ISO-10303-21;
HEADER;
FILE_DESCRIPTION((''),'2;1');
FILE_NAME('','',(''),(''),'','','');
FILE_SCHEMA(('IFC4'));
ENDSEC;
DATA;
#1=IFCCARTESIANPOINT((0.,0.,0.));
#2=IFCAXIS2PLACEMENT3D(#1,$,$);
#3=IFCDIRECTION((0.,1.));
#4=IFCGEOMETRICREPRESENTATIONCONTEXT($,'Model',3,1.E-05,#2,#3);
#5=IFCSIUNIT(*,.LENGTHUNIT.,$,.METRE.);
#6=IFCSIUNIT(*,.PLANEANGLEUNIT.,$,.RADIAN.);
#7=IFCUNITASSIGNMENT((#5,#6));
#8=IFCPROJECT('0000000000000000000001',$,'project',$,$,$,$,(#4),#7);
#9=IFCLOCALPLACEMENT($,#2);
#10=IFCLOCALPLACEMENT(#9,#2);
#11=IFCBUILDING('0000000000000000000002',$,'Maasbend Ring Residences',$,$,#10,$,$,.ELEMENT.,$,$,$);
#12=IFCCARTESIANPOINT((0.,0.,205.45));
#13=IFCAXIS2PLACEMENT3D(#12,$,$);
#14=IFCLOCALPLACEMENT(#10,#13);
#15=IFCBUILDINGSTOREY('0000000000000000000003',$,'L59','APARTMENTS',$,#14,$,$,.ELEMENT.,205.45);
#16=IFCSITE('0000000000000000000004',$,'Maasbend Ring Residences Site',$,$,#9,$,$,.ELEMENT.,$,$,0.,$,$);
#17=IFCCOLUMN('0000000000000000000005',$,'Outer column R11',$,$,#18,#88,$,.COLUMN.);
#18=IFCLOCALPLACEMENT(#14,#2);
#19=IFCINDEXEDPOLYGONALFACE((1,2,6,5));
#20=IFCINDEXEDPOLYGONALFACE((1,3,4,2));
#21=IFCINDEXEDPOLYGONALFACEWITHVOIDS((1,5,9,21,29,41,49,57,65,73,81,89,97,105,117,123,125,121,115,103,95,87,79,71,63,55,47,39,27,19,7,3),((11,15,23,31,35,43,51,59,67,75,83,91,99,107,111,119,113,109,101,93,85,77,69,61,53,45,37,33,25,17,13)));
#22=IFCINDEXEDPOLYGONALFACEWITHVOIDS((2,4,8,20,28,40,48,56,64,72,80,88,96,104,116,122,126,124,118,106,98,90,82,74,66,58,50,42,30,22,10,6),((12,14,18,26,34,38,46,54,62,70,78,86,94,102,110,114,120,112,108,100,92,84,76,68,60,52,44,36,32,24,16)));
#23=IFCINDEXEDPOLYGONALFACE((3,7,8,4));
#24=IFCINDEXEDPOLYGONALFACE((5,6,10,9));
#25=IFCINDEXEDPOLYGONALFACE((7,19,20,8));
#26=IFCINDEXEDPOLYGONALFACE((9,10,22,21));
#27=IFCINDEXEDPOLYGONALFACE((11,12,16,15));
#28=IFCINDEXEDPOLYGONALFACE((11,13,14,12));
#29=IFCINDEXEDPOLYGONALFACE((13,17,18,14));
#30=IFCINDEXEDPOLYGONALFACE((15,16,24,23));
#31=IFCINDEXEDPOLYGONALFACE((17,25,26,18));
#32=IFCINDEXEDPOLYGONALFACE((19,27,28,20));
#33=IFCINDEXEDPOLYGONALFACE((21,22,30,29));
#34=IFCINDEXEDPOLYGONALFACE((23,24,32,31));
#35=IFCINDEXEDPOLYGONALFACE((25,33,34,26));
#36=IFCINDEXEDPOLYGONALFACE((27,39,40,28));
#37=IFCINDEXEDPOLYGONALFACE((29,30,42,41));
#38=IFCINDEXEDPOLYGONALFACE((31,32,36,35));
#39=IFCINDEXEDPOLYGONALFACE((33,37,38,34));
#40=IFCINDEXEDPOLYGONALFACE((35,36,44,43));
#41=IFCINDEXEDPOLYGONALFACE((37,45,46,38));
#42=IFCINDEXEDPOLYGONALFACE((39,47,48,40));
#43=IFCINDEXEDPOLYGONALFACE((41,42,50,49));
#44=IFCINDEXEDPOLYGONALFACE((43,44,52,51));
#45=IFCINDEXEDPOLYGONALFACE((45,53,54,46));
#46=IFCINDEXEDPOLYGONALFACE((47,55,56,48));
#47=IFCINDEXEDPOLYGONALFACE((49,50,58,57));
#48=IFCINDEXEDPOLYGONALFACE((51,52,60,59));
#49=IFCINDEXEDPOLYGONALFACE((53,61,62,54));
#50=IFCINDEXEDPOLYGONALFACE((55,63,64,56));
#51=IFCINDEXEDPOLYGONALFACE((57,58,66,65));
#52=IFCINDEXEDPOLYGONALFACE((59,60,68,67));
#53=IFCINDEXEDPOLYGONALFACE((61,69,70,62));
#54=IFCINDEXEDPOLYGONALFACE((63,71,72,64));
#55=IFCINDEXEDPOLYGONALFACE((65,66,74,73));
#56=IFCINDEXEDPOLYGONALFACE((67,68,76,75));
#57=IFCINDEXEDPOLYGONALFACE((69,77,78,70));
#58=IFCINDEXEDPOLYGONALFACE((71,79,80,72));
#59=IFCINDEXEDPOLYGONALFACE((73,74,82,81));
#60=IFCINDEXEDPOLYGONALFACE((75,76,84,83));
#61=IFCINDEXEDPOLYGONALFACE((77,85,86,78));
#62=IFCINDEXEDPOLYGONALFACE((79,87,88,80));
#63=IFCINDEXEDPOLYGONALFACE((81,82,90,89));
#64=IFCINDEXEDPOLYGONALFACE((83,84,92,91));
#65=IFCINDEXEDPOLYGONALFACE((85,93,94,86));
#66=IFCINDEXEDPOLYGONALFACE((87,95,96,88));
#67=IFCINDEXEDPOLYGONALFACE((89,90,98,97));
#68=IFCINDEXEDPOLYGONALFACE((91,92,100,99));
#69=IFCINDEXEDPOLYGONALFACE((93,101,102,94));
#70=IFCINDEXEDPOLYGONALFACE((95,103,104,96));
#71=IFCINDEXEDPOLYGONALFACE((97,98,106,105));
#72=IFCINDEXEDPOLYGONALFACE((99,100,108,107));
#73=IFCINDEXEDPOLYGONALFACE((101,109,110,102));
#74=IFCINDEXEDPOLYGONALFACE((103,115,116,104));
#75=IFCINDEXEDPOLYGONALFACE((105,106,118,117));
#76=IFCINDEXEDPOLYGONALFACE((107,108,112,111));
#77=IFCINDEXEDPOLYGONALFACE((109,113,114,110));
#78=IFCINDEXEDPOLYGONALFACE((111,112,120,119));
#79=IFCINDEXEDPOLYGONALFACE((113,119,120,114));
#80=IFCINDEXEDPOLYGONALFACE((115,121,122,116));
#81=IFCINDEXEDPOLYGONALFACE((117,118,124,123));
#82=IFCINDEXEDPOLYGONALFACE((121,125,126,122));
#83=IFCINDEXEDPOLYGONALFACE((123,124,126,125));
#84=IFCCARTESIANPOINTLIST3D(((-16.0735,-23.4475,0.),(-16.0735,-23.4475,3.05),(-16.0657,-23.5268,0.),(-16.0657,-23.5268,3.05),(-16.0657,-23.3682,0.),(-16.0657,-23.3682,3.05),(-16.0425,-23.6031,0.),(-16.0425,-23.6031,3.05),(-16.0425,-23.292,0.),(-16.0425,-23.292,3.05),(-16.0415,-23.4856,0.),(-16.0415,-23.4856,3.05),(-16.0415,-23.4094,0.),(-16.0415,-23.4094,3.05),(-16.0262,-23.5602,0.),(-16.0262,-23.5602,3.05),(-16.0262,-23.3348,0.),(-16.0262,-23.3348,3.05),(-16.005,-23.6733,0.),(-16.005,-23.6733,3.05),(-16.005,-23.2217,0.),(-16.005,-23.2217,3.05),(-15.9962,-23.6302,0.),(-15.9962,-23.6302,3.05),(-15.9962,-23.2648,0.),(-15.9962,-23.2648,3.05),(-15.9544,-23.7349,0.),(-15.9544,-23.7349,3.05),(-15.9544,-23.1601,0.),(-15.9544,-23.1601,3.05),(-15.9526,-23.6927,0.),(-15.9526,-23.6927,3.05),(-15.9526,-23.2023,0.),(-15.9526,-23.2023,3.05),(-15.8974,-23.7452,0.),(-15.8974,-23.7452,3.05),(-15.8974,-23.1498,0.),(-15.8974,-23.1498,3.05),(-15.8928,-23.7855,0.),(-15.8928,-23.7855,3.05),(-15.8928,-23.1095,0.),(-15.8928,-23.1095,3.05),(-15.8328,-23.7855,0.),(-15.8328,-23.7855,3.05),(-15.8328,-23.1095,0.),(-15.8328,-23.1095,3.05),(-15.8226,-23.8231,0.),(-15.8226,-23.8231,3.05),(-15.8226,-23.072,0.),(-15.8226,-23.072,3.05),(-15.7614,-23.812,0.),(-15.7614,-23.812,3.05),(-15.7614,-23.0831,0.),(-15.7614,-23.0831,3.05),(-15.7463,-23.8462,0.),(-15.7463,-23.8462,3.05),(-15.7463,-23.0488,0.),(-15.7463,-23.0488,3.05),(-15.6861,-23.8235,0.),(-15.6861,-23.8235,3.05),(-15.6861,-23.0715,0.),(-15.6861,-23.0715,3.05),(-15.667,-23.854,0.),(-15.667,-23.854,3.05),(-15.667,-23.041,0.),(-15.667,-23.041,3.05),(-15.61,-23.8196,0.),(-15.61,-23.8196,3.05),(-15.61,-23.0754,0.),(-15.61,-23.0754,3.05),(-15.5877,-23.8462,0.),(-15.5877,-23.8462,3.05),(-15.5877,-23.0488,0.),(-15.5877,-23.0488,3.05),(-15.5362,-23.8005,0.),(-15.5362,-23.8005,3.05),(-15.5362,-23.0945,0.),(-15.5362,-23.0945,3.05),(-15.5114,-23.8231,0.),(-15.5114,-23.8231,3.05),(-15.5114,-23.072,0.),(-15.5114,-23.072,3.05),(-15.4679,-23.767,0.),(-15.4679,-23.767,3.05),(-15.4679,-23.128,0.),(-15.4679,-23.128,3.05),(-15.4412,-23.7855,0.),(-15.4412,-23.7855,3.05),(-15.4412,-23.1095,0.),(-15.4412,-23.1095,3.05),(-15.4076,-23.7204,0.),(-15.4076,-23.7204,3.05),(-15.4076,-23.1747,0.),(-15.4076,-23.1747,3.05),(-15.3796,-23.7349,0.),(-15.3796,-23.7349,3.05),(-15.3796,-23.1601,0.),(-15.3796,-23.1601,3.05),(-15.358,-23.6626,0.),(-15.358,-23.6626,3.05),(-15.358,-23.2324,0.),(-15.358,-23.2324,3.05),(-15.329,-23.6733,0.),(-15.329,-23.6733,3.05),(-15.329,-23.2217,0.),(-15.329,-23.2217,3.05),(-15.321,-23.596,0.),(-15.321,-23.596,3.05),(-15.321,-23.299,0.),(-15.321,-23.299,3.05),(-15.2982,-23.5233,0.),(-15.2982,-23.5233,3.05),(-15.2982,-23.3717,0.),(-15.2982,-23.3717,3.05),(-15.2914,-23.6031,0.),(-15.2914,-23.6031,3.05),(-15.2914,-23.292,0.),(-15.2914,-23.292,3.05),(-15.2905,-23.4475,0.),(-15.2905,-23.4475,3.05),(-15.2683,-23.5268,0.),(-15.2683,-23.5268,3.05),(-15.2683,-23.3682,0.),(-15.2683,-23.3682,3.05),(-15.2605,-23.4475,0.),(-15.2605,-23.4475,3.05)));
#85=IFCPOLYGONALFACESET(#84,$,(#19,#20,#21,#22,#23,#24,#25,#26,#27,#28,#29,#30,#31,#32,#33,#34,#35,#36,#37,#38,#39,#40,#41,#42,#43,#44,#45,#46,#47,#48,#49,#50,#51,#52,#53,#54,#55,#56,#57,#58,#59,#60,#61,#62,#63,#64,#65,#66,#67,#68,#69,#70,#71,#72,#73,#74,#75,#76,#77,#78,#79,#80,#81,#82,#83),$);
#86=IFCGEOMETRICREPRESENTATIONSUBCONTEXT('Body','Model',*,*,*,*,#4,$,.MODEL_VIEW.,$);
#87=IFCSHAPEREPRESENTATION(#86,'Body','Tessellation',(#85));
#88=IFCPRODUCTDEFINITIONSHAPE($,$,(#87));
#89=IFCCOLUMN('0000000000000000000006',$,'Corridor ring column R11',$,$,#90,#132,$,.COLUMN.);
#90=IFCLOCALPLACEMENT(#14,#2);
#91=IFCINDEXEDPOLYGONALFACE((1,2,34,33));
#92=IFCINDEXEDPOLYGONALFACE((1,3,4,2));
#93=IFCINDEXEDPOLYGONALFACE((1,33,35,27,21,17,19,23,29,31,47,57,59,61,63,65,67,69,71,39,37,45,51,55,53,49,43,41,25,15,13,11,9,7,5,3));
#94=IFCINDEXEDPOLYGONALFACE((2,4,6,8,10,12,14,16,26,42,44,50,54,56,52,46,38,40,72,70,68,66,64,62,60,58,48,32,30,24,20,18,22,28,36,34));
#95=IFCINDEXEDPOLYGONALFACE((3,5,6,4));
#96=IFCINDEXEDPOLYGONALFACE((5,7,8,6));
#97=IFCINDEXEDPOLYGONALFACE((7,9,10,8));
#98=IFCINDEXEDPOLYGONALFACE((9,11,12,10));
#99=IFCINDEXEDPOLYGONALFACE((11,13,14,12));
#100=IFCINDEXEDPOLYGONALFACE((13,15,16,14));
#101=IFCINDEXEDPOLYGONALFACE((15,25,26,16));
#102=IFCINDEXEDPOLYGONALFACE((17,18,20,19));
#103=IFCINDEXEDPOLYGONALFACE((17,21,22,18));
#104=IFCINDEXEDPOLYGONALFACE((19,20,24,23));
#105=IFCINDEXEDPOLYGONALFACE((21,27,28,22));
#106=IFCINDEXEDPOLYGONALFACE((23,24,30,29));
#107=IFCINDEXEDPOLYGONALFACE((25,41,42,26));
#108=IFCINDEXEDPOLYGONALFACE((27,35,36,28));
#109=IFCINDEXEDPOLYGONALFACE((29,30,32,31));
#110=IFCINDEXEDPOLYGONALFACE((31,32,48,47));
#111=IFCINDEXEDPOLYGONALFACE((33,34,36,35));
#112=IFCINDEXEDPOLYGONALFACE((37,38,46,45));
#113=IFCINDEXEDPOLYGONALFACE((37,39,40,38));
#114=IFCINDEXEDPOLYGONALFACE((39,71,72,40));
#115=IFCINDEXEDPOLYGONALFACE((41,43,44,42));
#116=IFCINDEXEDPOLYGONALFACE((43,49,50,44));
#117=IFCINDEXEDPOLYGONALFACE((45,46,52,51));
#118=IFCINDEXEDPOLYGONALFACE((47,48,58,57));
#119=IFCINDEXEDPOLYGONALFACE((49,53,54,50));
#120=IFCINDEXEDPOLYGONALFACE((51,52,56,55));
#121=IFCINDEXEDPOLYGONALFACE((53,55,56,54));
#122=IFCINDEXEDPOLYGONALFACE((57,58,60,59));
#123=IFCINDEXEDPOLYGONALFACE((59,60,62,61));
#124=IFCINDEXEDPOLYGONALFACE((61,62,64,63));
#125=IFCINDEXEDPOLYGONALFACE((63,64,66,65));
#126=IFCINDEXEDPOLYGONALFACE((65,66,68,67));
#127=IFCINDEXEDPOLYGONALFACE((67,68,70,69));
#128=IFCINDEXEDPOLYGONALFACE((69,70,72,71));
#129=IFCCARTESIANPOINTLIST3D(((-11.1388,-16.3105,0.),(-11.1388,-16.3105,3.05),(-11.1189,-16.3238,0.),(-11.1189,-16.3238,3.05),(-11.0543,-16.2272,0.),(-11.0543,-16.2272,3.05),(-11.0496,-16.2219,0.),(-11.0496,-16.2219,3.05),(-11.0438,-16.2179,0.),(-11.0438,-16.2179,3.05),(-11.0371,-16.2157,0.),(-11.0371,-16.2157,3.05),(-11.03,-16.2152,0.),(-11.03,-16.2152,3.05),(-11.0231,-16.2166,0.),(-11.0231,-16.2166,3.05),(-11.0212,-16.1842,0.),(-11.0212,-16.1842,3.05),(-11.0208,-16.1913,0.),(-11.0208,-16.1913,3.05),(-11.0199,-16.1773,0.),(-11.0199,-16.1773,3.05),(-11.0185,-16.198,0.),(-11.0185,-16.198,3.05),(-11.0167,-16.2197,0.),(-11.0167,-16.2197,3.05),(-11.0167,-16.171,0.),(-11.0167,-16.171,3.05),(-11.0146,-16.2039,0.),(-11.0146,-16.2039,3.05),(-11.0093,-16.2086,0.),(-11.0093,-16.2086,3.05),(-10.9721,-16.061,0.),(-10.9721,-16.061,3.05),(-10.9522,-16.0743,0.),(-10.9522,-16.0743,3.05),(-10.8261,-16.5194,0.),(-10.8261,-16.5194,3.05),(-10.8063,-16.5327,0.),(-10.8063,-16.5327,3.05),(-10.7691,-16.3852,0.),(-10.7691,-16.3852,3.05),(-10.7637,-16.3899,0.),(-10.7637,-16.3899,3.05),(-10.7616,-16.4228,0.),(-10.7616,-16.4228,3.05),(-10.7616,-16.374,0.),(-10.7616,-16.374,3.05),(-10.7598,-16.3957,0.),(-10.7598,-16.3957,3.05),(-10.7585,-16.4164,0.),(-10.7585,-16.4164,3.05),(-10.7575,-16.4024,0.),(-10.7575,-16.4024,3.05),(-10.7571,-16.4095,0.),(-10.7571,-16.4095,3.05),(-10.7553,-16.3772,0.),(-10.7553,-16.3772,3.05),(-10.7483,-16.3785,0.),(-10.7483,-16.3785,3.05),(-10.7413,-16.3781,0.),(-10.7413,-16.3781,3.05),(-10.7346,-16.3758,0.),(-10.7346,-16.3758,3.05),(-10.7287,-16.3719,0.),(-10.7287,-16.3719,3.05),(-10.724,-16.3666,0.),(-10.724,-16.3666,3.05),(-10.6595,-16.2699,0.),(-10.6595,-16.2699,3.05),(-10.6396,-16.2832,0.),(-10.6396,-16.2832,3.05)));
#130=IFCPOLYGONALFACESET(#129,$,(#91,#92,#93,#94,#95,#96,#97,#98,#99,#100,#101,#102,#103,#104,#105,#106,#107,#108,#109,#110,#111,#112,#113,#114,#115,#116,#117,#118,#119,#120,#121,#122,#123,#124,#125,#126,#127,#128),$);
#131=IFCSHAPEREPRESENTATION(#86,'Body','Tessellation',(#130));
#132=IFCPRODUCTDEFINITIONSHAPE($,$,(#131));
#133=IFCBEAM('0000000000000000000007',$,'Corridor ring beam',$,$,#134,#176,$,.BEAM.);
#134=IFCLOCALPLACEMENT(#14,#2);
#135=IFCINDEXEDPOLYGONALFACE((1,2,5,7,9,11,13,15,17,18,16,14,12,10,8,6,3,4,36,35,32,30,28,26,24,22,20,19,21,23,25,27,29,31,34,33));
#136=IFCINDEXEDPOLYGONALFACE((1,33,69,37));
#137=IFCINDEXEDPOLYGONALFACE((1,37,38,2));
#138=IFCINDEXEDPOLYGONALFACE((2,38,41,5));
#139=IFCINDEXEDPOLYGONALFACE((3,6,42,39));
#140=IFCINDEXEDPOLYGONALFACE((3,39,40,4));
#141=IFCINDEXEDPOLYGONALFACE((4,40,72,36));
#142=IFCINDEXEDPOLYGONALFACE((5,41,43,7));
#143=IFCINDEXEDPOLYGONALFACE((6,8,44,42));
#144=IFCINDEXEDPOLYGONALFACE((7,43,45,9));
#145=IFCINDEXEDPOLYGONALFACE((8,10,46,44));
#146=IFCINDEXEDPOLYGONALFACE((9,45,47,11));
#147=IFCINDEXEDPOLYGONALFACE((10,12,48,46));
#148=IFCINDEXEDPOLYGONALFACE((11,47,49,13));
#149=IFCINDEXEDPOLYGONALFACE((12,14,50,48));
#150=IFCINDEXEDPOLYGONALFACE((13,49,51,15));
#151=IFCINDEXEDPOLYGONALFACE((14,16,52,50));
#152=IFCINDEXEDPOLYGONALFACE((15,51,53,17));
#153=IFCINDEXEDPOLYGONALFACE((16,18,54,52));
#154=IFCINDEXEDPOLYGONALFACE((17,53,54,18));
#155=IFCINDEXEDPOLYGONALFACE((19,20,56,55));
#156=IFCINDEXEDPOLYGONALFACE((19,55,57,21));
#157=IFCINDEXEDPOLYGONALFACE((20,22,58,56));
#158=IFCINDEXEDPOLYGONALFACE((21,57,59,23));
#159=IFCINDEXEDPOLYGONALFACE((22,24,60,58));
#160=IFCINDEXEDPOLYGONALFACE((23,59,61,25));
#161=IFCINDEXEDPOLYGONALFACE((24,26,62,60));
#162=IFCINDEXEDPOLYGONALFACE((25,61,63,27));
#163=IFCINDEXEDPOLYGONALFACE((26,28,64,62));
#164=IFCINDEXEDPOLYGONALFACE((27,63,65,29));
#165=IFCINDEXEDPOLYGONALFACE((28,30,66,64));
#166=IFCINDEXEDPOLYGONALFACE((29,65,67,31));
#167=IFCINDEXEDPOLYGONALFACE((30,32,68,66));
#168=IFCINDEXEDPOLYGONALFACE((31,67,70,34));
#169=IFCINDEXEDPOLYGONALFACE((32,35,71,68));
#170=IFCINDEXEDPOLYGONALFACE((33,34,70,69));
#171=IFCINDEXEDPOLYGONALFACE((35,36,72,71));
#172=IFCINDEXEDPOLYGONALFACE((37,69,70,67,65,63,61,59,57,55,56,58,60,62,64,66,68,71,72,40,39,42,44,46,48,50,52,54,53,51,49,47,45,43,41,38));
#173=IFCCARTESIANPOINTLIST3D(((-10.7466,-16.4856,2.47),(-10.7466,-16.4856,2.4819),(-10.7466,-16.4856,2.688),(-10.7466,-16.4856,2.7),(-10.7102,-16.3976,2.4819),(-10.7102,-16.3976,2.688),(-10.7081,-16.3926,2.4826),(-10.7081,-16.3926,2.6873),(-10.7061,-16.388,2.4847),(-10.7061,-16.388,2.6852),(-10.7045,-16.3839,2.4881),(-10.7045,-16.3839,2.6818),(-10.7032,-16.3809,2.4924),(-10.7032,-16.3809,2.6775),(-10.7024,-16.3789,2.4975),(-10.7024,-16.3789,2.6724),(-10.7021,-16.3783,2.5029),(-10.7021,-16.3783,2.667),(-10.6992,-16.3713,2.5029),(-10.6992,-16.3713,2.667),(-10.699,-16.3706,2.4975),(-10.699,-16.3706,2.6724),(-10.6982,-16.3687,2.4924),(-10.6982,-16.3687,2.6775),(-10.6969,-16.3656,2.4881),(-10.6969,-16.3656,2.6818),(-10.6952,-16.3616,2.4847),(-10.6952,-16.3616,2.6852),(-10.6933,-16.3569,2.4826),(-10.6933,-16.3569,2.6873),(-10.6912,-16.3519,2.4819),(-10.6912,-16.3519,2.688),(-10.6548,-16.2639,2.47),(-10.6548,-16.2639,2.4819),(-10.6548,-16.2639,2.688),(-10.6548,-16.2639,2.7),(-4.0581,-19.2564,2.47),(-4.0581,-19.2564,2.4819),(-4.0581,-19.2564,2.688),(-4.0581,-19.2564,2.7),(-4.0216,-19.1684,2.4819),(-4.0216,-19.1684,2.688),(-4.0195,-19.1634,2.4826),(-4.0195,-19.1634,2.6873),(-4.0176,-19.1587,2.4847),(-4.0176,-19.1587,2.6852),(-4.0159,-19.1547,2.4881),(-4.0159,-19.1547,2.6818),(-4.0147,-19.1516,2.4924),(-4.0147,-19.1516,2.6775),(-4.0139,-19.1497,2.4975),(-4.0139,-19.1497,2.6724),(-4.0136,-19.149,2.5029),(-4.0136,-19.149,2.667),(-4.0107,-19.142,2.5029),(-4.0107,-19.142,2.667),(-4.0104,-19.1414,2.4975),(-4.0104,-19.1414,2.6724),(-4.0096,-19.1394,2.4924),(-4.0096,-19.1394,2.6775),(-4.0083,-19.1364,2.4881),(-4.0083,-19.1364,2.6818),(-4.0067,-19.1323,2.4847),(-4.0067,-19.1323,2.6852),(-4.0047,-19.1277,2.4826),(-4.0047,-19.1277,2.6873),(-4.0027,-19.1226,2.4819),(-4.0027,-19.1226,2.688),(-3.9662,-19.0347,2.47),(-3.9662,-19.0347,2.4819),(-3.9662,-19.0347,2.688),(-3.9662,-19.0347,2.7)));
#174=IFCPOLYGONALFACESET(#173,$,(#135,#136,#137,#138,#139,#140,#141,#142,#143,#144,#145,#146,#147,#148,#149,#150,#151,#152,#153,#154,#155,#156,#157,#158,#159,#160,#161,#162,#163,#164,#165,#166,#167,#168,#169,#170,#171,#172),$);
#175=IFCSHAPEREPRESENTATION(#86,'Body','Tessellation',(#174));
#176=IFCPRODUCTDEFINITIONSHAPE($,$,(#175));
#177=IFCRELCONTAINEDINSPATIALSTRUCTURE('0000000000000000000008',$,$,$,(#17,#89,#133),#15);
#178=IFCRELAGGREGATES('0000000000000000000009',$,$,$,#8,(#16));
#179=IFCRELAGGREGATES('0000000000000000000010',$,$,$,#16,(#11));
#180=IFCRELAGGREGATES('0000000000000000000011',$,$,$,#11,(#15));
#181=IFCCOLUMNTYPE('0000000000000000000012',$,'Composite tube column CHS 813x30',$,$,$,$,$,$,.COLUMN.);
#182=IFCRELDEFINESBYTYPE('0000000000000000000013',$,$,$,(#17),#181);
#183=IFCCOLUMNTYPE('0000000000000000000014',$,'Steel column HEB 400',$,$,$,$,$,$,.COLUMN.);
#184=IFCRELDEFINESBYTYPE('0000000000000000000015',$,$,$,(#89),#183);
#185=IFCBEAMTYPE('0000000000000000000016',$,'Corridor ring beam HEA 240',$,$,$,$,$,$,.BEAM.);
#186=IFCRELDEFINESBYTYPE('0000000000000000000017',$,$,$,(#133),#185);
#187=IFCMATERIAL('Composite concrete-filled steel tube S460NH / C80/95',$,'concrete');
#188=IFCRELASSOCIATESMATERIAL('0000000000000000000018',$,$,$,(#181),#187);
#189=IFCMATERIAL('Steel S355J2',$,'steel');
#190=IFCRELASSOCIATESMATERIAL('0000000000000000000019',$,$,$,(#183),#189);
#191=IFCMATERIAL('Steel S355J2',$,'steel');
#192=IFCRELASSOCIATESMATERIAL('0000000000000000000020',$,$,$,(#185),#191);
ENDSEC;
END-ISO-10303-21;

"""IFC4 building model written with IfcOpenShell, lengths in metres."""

from ifc_helpers import new_model, si_unit, direction, frame, origin, origin_2d, place, context, subcontext, project, spatial, hollow_circle, i_section, extrude, material, material_profile, profile_set, type_object, element, save


model = new_model("IFC4")

# Units and contexts
model_context = context("Model", 3, precision=1e-05, world=origin(), true_north=direction((0.0, 1.0)))
body_context = subcontext(model_context, "Body", "Model", "MODEL_VIEW")
ifc_project = project(units=[si_unit("LENGTHUNIT", "METRE"), si_unit("PLANEANGLEUNIT", "RADIAN")], contexts=[model_context])

# Site, building, storey
site_placement = place(None, origin())
site = spatial("IfcSite", under=ifc_project, at=site_placement, Name="Maasbend Ring Residences Site", CompositionType="ELEMENT", RefElevation=0.0)
building_placement = place(site_placement, origin())
building = spatial("IfcBuilding", under=site, at=building_placement, Name="Maasbend Ring Residences", CompositionType="ELEMENT")
storey_placement = place(building_placement, frame((0.0, 0.0, 205.45)))
storey = spatial("IfcBuildingStorey", under=building, at=storey_placement, Name="L59", Description="APARTMENTS", CompositionType="ELEMENT", Elevation=205.45)

# Columns
ifc_material_1 = material(Name="Composite concrete-filled steel tube S460NH / C80/95", Category="concrete")
ifc_material_profile_1 = material_profile(ifc_material_1, hollow_circle(Radius=0.4065, WallThickness=0.03, at=origin_2d()), Name="Composite tube column CHS 813x30")
ifc_profile_set_1 = profile_set([ifc_material_profile_1], Name="Composite concrete-filled steel tube S460NH / C80/95")
column_type_1 = type_object("IfcColumnType", Name="Composite tube column CHS 813x30", PredefinedType="COLUMN", material=ifc_profile_set_1)
column_1_placement = place(storey_placement, frame((-15.667, -23.4475, 0.0), z_axis=(0.0, 0.0, 1.0), x_axis=(1.0, 0.0, 0.0)))
element("IfcColumn", 1, at=column_1_placement, inside=storey, type_object=column_type_1, Name="Outer column R11", PredefinedType="COLUMN", context=body_context, shape_type="SweptSolid", body=[
    extrude(hollow_circle(Radius=0.4065, WallThickness=0.03, at=origin_2d()), origin(), (0.0, 0.0, 1.0), 3.05),
])
ifc_material_2 = material(Name="Steel S355J2", Category="steel")
ifc_material_profile_2 = material_profile(ifc_material_2, i_section(OverallWidth=0.3, OverallDepth=0.3999, WebThickness=0.0134, FlangeThickness=0.0239, FilletRadius=0.0271, at=origin_2d()), Name="HEB 400")
ifc_profile_set_2 = profile_set([ifc_material_profile_2], Name="Steel S355J2")
column_type_2 = type_object("IfcColumnType", Name="Steel column HEB 400", PredefinedType="COLUMN", material=ifc_profile_set_2)
column_2_placement = place(storey_placement, frame((-10.8892, -16.2969, 0.0), z_axis=(0.0, 0.0, 1.0), x_axis=(-0.55557, -0.83147, 0.0)))
element("IfcColumn", 2, at=column_2_placement, inside=storey, type_object=column_type_2, Name="Corridor ring column R11", PredefinedType="COLUMN", context=body_context, shape_type="SweptSolid", body=[
    extrude(i_section(OverallWidth=0.3, OverallDepth=0.3999, WebThickness=0.0134, FlangeThickness=0.0239, FilletRadius=0.0271, at=origin_2d()), origin(), (0.0, 0.0, 1.0), 3.05),
])

# Beam
ifc_material_3 = material(Name="Steel S355J2", Category="steel")
ifc_material_profile_3 = material_profile(ifc_material_3, i_section(OverallWidth=0.24, OverallDepth=0.23, WebThickness=0.0076, FlangeThickness=0.012, FilletRadius=0.021, at=origin_2d()), Name="HEA 240")
ifc_profile_set_3 = profile_set([ifc_material_profile_3], Name="Steel S355J2")
beam_type_1 = type_object("IfcBeamType", Name="Corridor ring beam HEA 240", PredefinedType="BEAM", material=ifc_profile_set_3)
beam_1_placement = place(storey_placement, frame((-10.7007, -16.3748, 2.585), z_axis=(0.923865, -0.382718, 0.0), x_axis=(0.382718, 0.923865, 0.0)))
element("IfcBeam", 3, at=beam_1_placement, inside=storey, type_object=beam_type_1, Name="Corridor ring beam", PredefinedType="BEAM", context=body_context, shape_type="SweptSolid", body=[
    extrude(i_section(OverallWidth=0.24, OverallDepth=0.23, WebThickness=0.0076, FlangeThickness=0.012, FilletRadius=0.021, at=origin_2d()), origin(), (0.0, 0.0, 1.0), 7.2397),
])

save(model, "model.ifc")
